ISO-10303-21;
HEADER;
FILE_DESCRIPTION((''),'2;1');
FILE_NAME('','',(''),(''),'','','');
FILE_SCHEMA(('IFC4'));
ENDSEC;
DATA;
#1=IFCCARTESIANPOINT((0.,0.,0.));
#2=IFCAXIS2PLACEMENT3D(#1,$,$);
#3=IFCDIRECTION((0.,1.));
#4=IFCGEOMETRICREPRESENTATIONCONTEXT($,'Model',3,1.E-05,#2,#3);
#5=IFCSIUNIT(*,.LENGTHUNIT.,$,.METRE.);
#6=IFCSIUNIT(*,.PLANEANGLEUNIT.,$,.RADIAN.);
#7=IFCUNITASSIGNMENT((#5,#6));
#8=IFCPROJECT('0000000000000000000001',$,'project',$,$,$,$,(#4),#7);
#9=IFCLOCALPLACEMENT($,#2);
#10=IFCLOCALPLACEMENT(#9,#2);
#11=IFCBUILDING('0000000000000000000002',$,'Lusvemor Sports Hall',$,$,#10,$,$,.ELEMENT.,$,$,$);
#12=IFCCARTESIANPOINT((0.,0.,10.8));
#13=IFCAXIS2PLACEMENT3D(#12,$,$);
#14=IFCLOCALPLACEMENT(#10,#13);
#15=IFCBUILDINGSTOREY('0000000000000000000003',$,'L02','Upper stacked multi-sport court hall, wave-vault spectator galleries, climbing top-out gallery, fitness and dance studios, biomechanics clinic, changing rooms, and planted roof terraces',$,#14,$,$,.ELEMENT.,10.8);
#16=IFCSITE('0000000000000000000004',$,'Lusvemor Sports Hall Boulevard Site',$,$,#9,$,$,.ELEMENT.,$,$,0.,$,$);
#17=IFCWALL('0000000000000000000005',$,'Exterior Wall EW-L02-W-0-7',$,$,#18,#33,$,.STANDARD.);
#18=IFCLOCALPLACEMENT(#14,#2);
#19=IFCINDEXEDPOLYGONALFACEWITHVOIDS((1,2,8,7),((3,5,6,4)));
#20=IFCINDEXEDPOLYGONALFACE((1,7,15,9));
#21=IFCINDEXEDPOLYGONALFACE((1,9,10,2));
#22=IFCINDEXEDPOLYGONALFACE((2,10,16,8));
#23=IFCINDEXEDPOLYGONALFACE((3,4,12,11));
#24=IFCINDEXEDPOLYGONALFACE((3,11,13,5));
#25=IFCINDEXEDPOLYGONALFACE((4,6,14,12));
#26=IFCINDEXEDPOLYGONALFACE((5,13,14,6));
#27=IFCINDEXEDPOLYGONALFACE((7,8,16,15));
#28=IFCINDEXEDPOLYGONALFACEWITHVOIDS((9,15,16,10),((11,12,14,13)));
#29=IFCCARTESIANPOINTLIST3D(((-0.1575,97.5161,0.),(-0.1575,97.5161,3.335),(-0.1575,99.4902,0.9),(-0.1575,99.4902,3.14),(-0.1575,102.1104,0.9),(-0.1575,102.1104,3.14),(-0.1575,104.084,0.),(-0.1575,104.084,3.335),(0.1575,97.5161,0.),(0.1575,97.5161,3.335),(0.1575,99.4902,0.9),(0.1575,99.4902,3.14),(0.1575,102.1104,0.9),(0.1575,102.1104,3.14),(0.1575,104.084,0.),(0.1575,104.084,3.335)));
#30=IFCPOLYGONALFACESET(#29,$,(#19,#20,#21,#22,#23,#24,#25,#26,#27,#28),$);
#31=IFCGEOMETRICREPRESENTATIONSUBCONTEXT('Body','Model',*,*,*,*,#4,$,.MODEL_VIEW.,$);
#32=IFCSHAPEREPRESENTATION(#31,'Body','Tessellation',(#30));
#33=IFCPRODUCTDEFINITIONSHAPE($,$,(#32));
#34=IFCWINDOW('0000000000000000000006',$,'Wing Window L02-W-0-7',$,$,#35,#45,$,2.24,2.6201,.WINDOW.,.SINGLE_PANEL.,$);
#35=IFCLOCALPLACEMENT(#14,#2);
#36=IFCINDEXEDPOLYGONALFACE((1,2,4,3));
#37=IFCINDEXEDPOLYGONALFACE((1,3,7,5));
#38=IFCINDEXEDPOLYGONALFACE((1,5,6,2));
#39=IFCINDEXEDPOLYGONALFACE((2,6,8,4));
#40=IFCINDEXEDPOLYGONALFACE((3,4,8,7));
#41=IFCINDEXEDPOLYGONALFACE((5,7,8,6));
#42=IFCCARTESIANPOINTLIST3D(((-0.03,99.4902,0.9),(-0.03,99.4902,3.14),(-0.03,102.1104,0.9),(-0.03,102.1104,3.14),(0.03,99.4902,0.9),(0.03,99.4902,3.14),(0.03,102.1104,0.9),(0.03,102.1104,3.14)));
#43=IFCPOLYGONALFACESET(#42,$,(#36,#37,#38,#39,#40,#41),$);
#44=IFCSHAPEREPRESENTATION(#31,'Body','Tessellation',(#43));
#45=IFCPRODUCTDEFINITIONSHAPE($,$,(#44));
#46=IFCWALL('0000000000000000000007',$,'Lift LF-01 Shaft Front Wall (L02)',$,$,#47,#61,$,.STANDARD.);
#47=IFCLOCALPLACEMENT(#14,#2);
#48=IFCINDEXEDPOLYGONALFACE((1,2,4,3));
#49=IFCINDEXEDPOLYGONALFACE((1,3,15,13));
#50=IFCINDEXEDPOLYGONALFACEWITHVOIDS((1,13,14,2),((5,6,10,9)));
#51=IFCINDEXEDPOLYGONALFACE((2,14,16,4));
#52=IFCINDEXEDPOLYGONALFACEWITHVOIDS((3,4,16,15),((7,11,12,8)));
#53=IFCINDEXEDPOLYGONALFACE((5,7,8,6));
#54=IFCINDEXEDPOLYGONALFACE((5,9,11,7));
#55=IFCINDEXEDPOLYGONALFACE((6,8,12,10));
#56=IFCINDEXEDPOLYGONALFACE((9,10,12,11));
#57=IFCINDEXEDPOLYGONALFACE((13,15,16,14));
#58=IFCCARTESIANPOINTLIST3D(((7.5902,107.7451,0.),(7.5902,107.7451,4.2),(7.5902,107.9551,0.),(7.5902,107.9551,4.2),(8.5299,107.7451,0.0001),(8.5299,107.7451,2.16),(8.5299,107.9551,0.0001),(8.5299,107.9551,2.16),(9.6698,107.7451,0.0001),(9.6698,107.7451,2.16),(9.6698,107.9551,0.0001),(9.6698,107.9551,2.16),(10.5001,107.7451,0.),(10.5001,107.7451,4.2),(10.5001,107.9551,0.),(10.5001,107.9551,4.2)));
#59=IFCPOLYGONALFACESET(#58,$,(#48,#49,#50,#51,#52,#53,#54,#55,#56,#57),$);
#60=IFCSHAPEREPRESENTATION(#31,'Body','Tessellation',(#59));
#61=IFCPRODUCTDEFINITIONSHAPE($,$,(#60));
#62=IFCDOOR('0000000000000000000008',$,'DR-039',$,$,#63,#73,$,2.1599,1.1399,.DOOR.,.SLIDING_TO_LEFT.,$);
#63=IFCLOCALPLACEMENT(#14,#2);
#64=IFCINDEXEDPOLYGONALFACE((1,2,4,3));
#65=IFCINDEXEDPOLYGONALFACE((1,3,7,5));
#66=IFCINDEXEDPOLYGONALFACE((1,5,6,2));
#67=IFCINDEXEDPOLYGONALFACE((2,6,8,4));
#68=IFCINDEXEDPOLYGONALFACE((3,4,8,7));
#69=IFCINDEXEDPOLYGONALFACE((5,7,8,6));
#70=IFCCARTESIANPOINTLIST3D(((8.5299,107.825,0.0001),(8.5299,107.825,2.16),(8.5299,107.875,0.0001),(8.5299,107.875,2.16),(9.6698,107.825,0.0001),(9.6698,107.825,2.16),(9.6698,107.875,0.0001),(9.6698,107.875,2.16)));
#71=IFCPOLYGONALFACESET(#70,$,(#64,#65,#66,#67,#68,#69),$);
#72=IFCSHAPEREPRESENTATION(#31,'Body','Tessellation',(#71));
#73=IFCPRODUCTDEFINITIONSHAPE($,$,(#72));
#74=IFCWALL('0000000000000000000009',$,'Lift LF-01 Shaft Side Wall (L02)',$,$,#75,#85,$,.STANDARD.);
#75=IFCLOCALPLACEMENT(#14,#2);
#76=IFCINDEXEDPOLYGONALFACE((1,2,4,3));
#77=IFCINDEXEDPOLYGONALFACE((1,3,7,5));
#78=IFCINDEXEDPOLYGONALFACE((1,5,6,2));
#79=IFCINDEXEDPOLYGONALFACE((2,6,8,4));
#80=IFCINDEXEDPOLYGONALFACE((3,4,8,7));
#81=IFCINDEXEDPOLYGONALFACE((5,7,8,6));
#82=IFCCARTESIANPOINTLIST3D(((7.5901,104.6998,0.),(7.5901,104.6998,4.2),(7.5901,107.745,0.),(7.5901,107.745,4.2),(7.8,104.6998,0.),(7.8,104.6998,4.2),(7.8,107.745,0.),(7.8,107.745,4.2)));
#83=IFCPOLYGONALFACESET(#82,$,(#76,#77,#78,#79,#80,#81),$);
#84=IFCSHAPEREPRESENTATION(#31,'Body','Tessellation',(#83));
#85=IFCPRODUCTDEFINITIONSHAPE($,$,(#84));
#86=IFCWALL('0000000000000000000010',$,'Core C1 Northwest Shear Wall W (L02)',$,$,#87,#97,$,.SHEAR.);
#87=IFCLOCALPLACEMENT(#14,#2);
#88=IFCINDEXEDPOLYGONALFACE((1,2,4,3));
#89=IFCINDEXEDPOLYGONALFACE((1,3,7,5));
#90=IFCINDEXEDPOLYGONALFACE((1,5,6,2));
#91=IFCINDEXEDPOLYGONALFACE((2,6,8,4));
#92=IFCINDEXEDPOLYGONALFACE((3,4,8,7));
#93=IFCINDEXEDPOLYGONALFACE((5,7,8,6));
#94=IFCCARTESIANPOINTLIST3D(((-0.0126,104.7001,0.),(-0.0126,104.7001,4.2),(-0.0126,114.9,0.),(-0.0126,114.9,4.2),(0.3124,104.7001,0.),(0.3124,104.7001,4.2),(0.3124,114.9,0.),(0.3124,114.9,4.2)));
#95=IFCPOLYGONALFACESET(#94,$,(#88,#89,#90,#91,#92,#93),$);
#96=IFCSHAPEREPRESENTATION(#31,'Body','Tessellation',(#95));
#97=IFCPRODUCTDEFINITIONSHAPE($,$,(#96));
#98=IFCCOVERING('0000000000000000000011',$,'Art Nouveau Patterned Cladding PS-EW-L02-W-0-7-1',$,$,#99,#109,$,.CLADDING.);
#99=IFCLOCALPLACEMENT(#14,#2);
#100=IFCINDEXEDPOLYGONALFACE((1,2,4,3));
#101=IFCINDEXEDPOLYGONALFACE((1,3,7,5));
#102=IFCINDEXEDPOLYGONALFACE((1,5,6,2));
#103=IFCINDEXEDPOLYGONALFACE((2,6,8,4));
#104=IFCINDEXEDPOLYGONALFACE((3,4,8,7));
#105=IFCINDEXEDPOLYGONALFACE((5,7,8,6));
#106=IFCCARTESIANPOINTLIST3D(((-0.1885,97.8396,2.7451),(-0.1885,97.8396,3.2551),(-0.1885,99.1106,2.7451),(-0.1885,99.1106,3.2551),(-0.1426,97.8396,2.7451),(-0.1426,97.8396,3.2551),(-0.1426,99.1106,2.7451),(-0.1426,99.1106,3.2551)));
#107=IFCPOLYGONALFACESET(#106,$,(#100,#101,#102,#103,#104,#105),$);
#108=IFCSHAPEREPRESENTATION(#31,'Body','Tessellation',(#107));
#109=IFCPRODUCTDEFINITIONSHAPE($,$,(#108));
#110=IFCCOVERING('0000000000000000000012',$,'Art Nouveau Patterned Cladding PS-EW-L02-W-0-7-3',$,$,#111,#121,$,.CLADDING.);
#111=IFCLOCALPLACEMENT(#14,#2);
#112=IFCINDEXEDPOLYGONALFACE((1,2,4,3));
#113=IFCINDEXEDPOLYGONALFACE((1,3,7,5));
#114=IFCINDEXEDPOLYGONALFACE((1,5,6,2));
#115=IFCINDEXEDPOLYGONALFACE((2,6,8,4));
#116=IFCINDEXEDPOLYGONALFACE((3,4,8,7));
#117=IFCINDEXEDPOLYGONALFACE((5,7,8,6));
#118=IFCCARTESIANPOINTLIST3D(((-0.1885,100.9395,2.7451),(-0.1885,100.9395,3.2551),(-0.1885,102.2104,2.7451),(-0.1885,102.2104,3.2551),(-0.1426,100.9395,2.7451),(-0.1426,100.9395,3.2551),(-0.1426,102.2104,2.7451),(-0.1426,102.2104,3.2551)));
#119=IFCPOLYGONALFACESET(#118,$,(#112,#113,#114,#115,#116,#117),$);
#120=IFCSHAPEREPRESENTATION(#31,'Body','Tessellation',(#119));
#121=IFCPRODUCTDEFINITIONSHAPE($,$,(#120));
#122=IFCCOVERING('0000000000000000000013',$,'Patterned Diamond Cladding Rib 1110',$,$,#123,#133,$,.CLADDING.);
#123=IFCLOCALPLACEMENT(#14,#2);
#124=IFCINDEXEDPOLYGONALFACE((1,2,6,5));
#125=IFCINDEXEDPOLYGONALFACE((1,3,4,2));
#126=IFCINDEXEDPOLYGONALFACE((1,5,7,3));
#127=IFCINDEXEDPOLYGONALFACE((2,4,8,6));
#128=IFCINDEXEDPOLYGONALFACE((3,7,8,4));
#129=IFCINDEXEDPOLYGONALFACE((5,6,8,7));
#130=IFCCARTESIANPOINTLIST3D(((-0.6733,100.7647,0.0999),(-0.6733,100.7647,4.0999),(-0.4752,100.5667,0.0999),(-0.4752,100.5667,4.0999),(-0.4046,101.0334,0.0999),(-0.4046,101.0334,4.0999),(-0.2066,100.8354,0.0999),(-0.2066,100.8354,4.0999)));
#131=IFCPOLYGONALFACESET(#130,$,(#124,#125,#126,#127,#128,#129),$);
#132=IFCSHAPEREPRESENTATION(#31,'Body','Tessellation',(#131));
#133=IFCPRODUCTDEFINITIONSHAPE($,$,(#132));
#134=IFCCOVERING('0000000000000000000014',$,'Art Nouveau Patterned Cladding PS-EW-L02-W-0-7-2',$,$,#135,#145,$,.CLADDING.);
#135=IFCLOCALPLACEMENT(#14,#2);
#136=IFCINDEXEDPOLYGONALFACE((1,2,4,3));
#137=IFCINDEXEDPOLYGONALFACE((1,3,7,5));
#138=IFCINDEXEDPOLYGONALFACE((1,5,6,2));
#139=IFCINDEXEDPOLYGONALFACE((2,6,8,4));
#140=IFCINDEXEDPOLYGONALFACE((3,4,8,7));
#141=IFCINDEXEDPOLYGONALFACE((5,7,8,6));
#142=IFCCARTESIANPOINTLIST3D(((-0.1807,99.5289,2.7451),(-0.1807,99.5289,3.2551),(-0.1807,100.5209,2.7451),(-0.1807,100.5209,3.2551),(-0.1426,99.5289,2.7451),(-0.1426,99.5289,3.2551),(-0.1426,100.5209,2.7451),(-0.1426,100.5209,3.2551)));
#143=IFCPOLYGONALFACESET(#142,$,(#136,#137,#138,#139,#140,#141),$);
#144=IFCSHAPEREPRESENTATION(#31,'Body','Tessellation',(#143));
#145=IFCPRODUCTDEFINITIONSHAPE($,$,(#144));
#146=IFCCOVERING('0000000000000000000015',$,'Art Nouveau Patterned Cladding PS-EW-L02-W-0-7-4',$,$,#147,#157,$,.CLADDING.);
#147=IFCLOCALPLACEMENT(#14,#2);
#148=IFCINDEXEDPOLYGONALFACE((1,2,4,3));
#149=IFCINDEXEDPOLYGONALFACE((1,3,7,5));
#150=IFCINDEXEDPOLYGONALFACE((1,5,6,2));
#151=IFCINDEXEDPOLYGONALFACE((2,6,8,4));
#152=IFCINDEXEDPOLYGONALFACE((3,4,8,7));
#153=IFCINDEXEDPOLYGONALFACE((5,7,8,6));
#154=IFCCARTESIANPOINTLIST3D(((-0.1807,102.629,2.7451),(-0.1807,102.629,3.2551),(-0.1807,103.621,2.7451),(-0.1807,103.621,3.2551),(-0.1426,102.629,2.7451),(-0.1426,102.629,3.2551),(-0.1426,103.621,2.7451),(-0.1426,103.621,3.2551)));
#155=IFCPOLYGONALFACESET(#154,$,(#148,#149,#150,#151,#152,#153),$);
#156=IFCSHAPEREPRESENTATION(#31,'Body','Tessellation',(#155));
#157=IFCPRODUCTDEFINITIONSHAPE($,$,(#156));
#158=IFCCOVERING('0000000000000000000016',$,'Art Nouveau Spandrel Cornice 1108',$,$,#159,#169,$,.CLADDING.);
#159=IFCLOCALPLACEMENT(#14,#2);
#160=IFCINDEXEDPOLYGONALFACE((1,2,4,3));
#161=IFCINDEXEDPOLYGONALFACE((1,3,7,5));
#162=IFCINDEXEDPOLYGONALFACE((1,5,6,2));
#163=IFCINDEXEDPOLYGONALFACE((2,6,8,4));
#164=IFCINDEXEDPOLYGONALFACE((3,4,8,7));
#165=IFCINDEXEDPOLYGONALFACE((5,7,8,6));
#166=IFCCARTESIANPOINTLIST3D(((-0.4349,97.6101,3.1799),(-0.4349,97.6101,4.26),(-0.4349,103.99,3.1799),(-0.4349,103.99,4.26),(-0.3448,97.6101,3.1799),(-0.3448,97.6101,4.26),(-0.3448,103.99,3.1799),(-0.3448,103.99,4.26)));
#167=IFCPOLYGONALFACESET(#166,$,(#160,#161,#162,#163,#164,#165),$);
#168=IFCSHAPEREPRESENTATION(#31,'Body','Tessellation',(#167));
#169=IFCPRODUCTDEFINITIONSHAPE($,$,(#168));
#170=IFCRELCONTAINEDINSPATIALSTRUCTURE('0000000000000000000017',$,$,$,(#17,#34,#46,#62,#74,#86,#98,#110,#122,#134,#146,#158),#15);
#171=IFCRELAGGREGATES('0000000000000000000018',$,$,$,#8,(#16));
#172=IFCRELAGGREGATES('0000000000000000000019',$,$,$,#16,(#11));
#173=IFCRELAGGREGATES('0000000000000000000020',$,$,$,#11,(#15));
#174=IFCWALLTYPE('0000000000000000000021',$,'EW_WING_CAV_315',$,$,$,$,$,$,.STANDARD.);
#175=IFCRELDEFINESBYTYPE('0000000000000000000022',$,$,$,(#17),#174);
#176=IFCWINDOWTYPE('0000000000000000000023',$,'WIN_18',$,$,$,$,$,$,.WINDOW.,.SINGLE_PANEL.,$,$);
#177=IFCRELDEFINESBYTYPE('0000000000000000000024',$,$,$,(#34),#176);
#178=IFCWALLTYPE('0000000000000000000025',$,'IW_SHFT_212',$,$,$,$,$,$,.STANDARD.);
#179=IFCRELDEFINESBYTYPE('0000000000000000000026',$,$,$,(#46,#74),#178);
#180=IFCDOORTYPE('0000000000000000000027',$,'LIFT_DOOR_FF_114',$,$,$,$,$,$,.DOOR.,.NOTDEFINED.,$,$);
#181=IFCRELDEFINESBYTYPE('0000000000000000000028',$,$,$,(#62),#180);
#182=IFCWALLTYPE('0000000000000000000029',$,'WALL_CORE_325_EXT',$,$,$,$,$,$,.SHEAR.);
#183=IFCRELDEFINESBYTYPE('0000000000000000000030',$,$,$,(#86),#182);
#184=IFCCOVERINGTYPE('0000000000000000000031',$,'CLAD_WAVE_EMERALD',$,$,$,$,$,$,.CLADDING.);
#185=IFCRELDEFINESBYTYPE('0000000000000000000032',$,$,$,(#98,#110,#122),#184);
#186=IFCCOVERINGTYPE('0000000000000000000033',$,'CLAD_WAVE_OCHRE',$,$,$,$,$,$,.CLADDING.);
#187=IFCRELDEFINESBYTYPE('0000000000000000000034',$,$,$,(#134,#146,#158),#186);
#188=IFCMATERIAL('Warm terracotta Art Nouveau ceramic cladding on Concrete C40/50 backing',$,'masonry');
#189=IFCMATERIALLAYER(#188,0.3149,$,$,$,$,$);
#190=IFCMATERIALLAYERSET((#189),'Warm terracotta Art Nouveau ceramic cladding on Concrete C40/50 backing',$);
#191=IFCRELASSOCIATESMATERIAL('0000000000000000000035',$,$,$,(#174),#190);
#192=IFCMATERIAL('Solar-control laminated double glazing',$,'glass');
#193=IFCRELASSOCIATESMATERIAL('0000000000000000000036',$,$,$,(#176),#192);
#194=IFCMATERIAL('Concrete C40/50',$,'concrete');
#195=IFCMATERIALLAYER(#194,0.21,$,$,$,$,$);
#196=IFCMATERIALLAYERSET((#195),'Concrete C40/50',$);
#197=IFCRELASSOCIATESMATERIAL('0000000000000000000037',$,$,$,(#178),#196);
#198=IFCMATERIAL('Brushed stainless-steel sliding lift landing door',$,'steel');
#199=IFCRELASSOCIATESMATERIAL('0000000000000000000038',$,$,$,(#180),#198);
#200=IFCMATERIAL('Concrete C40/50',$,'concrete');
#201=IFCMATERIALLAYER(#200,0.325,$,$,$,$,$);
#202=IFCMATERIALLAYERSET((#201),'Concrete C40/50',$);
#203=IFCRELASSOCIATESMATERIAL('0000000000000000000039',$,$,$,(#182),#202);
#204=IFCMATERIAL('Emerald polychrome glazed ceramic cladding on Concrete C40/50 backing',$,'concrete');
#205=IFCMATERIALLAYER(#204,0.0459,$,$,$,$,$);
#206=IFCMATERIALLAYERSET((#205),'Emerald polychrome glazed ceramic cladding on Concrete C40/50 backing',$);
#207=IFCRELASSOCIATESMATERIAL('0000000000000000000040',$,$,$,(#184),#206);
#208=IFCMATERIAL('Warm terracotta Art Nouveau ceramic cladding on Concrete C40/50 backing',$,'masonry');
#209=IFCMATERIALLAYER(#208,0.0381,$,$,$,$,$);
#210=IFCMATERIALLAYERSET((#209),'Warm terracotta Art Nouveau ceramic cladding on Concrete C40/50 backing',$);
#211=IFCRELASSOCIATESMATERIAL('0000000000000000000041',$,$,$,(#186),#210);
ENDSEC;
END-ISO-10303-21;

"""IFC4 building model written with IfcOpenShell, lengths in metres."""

from ifc_helpers import new_model, si_unit, direction, frame, frame_2d, origin, origin_2d, place, context, subcontext, project, spatial, rectangle, extrude, material, layer, layer_set, type_object, element, fill, save


model = new_model("IFC4")

# Units and contexts
model_context = context("Model", 3, precision=1e-05, world=origin(), true_north=direction((0.0, 1.0)))
body_context = subcontext(model_context, "Body", "Model", "MODEL_VIEW")
ifc_project = project(units=[si_unit("LENGTHUNIT", "METRE"), si_unit("PLANEANGLEUNIT", "RADIAN")], contexts=[model_context])

# Site, building, storey
site_placement = place(None, origin())
site = spatial("IfcSite", under=ifc_project, at=site_placement, Name="Lusvemor Sports Hall Boulevard Site", CompositionType="ELEMENT", RefElevation=0.0)
building_placement = place(site_placement, origin())
building = spatial("IfcBuilding", under=site, at=building_placement, Name="Lusvemor Sports Hall", CompositionType="ELEMENT")
storey_placement = place(building_placement, frame((0.0, 0.0, 10.8)))
storey = spatial("IfcBuildingStorey", under=building, at=storey_placement, Name="L02", Description="Upper stacked multi-sport court hall, wave-vault spectator galleries, climbing top-out gallery, fitness and dance studios, biomechanics clinic, changing rooms, and planted roof terraces", CompositionType="ELEMENT", Elevation=10.8)

# Wall, opening, window
ifc_material_1 = material(Name="Warm terracotta Art Nouveau ceramic cladding on Concrete C40/50 backing", Category="masonry")
ifc_layer_1 = layer(ifc_material_1, 0.3149)
ifc_layer_set_1 = layer_set([ifc_layer_1], Name="Warm terracotta Art Nouveau ceramic cladding on Concrete C40/50 backing")
wall_type_1 = type_object("IfcWallType", Name="EW_WING_CAV_315", PredefinedType="STANDARD", material=ifc_layer_set_1)
wall_1_placement = place(storey_placement, frame((0.0, 97.5161, 0.0), z_axis=(0.0, 0.0, 1.0), x_axis=(0.0, 1.0, 0.0)))
wall_1 = element("IfcWall", 1, at=wall_1_placement, inside=storey, type_object=wall_type_1, Name="Exterior Wall EW-L02-W-0-7", PredefinedType="STANDARD", context=body_context, shape_type="SweptSolid", body=[
    extrude(rectangle(XDim=6.5679, YDim=0.3149, at=frame_2d((3.2839, 0.0))), origin(), (0.0, 0.0, 1.0), 3.335),
])
opening_1_placement = place(wall_1_placement, frame((1.9741, 0.0, 0.8999)))
opening_1 = element("IfcOpeningElement", 2, at=opening_1_placement, cuts=wall_1, PredefinedType="OPENING", context=body_context, shape_type="SweptSolid", body=[
    extrude(rectangle(XDim=2.6201, YDim=2.24, at=frame_2d((1.3101, 1.1201))), frame((0.0, 0.1575, 0.0), z_axis=(0.0, -1.0, 0.0), x_axis=(1.0, 0.0, 0.0)), (0.0, 0.0, 1.0), 0.3149),
])
ifc_material_2 = material(Name="Solar-control laminated double glazing", Category="glass")
window_type = type_object("IfcWindowType", Name="WIN_18", PartitioningType="SINGLE_PANEL", PredefinedType="WINDOW", material=ifc_material_2)
window_placement = place(opening_1_placement, origin())
window = element("IfcWindow", 3, at=window_placement, inside=storey, type_object=window_type, Name="Wing Window L02-W-0-7", OverallHeight=2.24, OverallWidth=2.6201, PartitioningType="SINGLE_PANEL", PredefinedType="WINDOW", context=body_context, shape_type="SweptSolid", body=[
    extrude(rectangle(XDim=2.6201, YDim=2.24, at=frame_2d((1.3101, 1.1201))), frame((0.0, 0.03, 0.0), z_axis=(0.0, -1.0, 0.0), x_axis=(1.0, 0.0, 0.0)), (0.0, 0.0, 1.0), 0.0601),
])
fill(opening_1, window)

# Wall, opening, door
ifc_material_3 = material(Name="Concrete C40/50", Category="concrete")
ifc_layer_2 = layer(ifc_material_3, 0.21)
ifc_layer_set_2 = layer_set([ifc_layer_2], Name="Concrete C40/50")
wall_type_2 = type_object("IfcWallType", Name="IW_SHFT_212", PredefinedType="STANDARD", material=ifc_layer_set_2)
wall_2_placement = place(storey_placement, frame((7.5901, 107.8501, 0.0), z_axis=(0.0, 0.0, 1.0), x_axis=(1.0, 0.0, 0.0)))
wall_2 = element("IfcWall", 4, at=wall_2_placement, inside=storey, type_object=wall_type_2, Name="Lift LF-01 Shaft Front Wall (L02)", PredefinedType="STANDARD", context=body_context, shape_type="SweptSolid", body=[
    extrude(rectangle(XDim=2.9099, YDim=0.21, at=frame_2d((1.4551, 0.0))), origin(), (0.0, 0.0, 1.0), 4.2),
])
opening_2_placement = place(wall_2_placement, frame((0.9399, 0.0, 0.0)))
opening_2 = element("IfcOpeningElement", 5, at=opening_2_placement, cuts=wall_2, PredefinedType="OPENING", context=body_context, shape_type="SweptSolid", body=[
    extrude(rectangle(XDim=1.1399, YDim=2.1599, at=frame_2d((0.5698, 1.0801))), frame((0.0, 0.105, 0.0), z_axis=(0.0, -1.0, 0.0), x_axis=(1.0, 0.0, 0.0)), (0.0, 0.0, 1.0), 0.21),
])
ifc_material_4 = material(Name="Brushed stainless-steel sliding lift landing door", Category="steel")
door_type_1 = type_object("IfcDoorType", Name="LIFT_DOOR_FF_114", OperationType="NOTDEFINED", PredefinedType="DOOR", material=ifc_material_4)
door_1_placement = place(opening_2_placement, origin())
door_1 = element("IfcDoor", 6, at=door_1_placement, inside=storey, type_object=door_type_1, Name="DR-039", OperationType="SLIDING_TO_LEFT", OverallHeight=2.1599, OverallWidth=1.1399, PredefinedType="DOOR", context=body_context, shape_type="SweptSolid", body=[
    extrude(rectangle(XDim=1.1399, YDim=2.1599, at=frame_2d((0.5698, 1.0801))), frame((0.0, 0.0249, 0.0), z_axis=(0.0, -1.0, 0.0), x_axis=(1.0, 0.0, 0.0)), (0.0, 0.0, 1.0), 0.05),
])
fill(opening_2, door_1)

# Wall
wall_3_placement = place(storey_placement, frame((7.6951, 104.7, 0.0), z_axis=(0.0, 0.0, 1.0), x_axis=(0.0, 1.0, 0.0)))
element("IfcWall", 7, at=wall_3_placement, inside=storey, type_object=wall_type_2, Name="Lift LF-01 Shaft Side Wall (L02)", PredefinedType="STANDARD", context=body_context, shape_type="SweptSolid", body=[
    extrude(rectangle(XDim=3.0452, YDim=0.21, at=frame_2d((1.5225, 0.0))), origin(), (0.0, 0.0, 1.0), 4.2),
])

# Wall
ifc_material_5 = material(Name="Concrete C40/50", Category="concrete")
ifc_layer_3 = layer(ifc_material_5, 0.325)
ifc_layer_set_3 = layer_set([ifc_layer_3], Name="Concrete C40/50")
wall_type_3 = type_object("IfcWallType", Name="WALL_CORE_325_EXT", PredefinedType="SHEAR", material=ifc_layer_set_3)
wall_4_placement = place(storey_placement, frame((0.1499, 104.7, 0.0), z_axis=(0.0, 0.0, 1.0), x_axis=(0.0, 1.0, 0.0)))
element("IfcWall", 8, at=wall_4_placement, inside=storey, type_object=wall_type_3, Name="Core C1 Northwest Shear Wall W (L02)", PredefinedType="SHEAR", context=body_context, shape_type="SweptSolid", body=[
    extrude(rectangle(XDim=10.2, YDim=0.325, at=frame_2d((5.1001, 0.0))), origin(), (0.0, 0.0, 1.0), 4.2),
])

# Coverings
ifc_material_6 = material(Name="Emerald polychrome glazed ceramic cladding on Concrete C40/50 backing", Category="concrete")
ifc_layer_4 = layer(ifc_material_6, 0.0459)
ifc_layer_set_4 = layer_set([ifc_layer_4], Name="Emerald polychrome glazed ceramic cladding on Concrete C40/50 backing")
covering_type_1 = type_object("IfcCoveringType", Name="CLAD_WAVE_EMERALD", PredefinedType="CLADDING", material=ifc_layer_set_4)
for number, where, z_axis, x_axis, name in (
    (9, (-0.1655, 98.4751, 2.7451), (0.0, 0.0, 1.0), (1.0, 0.0, 0.0), "Art Nouveau Patterned Cladding PS-EW-L02-W-0-7-1"),
    (10, (-0.1655, 101.575, 2.7451), (0.0, 0.0, 1.0), (1.0, 0.0, 0.0), "Art Nouveau Patterned Cladding PS-EW-L02-W-0-7-3"),
):
    element("IfcCovering", number, at=place(storey_placement, frame(where, z_axis=z_axis, x_axis=x_axis)), inside=storey, type_object=covering_type_1, Name=name, PredefinedType="CLADDING", context=body_context, shape_type="SweptSolid", body=[
        extrude(rectangle(XDim=0.0459, YDim=1.271, at=origin_2d()), origin(), (0.0, 0.0, 1.0), 0.51),
    ])
covering_1_placement = place(storey_placement, frame((-0.4399, 100.8, 0.0999), z_axis=(0.0, 0.0, 1.0), x_axis=(0.707107, 0.707107, 0.0)))
element("IfcCovering", 11, at=covering_1_placement, inside=storey, type_object=covering_type_1, Name="Patterned Diamond Cladding Rib 1110", PredefinedType="CLADDING", context=body_context, shape_type="SweptSolid", body=[
    extrude(rectangle(XDim=0.3799, YDim=0.28, at=origin_2d()), origin(), (0.0, 0.0, 1.0), 4.0),
])
ifc_material_7 = material(Name="Warm terracotta Art Nouveau ceramic cladding on Concrete C40/50 backing", Category="masonry")
ifc_layer_5 = layer(ifc_material_7, 0.0381)
ifc_layer_set_5 = layer_set([ifc_layer_5], Name="Warm terracotta Art Nouveau ceramic cladding on Concrete C40/50 backing")
covering_type_2 = type_object("IfcCoveringType", Name="CLAD_WAVE_OCHRE", PredefinedType="CLADDING", material=ifc_layer_set_5)
for number, where, z_axis, x_axis, name in (
    (12, (-0.1616, 100.0249, 2.7451), (0.0, 0.0, 1.0), (1.0, 0.0, 0.0), "Art Nouveau Patterned Cladding PS-EW-L02-W-0-7-2"),
    (13, (-0.1616, 103.125, 2.7451), (0.0, 0.0, 1.0), (1.0, 0.0, 0.0), "Art Nouveau Patterned Cladding PS-EW-L02-W-0-7-4"),
):
    element("IfcCovering", number, at=place(storey_placement, frame(where, z_axis=z_axis, x_axis=x_axis)), inside=storey, type_object=covering_type_2, Name=name, PredefinedType="CLADDING", context=body_context, shape_type="SweptSolid", body=[
        extrude(rectangle(XDim=0.0381, YDim=0.9919, at=origin_2d()), origin(), (0.0, 0.0, 1.0), 0.51),
    ])
covering_2_placement = place(storey_placement, frame((-0.3899, 100.8, 3.1799), z_axis=(0.0, 0.0, 1.0), x_axis=(1.0, 0.0, 0.0)))
element("IfcCovering", 14, at=covering_2_placement, inside=storey, type_object=covering_type_2, Name="Art Nouveau Spandrel Cornice 1108", PredefinedType="CLADDING", context=body_context, shape_type="SweptSolid", body=[
    extrude(rectangle(XDim=0.0901, YDim=6.3799, at=origin_2d()), origin(), (0.0, 0.0, 1.0), 1.0801),
])

save(model, "model.ifc")
